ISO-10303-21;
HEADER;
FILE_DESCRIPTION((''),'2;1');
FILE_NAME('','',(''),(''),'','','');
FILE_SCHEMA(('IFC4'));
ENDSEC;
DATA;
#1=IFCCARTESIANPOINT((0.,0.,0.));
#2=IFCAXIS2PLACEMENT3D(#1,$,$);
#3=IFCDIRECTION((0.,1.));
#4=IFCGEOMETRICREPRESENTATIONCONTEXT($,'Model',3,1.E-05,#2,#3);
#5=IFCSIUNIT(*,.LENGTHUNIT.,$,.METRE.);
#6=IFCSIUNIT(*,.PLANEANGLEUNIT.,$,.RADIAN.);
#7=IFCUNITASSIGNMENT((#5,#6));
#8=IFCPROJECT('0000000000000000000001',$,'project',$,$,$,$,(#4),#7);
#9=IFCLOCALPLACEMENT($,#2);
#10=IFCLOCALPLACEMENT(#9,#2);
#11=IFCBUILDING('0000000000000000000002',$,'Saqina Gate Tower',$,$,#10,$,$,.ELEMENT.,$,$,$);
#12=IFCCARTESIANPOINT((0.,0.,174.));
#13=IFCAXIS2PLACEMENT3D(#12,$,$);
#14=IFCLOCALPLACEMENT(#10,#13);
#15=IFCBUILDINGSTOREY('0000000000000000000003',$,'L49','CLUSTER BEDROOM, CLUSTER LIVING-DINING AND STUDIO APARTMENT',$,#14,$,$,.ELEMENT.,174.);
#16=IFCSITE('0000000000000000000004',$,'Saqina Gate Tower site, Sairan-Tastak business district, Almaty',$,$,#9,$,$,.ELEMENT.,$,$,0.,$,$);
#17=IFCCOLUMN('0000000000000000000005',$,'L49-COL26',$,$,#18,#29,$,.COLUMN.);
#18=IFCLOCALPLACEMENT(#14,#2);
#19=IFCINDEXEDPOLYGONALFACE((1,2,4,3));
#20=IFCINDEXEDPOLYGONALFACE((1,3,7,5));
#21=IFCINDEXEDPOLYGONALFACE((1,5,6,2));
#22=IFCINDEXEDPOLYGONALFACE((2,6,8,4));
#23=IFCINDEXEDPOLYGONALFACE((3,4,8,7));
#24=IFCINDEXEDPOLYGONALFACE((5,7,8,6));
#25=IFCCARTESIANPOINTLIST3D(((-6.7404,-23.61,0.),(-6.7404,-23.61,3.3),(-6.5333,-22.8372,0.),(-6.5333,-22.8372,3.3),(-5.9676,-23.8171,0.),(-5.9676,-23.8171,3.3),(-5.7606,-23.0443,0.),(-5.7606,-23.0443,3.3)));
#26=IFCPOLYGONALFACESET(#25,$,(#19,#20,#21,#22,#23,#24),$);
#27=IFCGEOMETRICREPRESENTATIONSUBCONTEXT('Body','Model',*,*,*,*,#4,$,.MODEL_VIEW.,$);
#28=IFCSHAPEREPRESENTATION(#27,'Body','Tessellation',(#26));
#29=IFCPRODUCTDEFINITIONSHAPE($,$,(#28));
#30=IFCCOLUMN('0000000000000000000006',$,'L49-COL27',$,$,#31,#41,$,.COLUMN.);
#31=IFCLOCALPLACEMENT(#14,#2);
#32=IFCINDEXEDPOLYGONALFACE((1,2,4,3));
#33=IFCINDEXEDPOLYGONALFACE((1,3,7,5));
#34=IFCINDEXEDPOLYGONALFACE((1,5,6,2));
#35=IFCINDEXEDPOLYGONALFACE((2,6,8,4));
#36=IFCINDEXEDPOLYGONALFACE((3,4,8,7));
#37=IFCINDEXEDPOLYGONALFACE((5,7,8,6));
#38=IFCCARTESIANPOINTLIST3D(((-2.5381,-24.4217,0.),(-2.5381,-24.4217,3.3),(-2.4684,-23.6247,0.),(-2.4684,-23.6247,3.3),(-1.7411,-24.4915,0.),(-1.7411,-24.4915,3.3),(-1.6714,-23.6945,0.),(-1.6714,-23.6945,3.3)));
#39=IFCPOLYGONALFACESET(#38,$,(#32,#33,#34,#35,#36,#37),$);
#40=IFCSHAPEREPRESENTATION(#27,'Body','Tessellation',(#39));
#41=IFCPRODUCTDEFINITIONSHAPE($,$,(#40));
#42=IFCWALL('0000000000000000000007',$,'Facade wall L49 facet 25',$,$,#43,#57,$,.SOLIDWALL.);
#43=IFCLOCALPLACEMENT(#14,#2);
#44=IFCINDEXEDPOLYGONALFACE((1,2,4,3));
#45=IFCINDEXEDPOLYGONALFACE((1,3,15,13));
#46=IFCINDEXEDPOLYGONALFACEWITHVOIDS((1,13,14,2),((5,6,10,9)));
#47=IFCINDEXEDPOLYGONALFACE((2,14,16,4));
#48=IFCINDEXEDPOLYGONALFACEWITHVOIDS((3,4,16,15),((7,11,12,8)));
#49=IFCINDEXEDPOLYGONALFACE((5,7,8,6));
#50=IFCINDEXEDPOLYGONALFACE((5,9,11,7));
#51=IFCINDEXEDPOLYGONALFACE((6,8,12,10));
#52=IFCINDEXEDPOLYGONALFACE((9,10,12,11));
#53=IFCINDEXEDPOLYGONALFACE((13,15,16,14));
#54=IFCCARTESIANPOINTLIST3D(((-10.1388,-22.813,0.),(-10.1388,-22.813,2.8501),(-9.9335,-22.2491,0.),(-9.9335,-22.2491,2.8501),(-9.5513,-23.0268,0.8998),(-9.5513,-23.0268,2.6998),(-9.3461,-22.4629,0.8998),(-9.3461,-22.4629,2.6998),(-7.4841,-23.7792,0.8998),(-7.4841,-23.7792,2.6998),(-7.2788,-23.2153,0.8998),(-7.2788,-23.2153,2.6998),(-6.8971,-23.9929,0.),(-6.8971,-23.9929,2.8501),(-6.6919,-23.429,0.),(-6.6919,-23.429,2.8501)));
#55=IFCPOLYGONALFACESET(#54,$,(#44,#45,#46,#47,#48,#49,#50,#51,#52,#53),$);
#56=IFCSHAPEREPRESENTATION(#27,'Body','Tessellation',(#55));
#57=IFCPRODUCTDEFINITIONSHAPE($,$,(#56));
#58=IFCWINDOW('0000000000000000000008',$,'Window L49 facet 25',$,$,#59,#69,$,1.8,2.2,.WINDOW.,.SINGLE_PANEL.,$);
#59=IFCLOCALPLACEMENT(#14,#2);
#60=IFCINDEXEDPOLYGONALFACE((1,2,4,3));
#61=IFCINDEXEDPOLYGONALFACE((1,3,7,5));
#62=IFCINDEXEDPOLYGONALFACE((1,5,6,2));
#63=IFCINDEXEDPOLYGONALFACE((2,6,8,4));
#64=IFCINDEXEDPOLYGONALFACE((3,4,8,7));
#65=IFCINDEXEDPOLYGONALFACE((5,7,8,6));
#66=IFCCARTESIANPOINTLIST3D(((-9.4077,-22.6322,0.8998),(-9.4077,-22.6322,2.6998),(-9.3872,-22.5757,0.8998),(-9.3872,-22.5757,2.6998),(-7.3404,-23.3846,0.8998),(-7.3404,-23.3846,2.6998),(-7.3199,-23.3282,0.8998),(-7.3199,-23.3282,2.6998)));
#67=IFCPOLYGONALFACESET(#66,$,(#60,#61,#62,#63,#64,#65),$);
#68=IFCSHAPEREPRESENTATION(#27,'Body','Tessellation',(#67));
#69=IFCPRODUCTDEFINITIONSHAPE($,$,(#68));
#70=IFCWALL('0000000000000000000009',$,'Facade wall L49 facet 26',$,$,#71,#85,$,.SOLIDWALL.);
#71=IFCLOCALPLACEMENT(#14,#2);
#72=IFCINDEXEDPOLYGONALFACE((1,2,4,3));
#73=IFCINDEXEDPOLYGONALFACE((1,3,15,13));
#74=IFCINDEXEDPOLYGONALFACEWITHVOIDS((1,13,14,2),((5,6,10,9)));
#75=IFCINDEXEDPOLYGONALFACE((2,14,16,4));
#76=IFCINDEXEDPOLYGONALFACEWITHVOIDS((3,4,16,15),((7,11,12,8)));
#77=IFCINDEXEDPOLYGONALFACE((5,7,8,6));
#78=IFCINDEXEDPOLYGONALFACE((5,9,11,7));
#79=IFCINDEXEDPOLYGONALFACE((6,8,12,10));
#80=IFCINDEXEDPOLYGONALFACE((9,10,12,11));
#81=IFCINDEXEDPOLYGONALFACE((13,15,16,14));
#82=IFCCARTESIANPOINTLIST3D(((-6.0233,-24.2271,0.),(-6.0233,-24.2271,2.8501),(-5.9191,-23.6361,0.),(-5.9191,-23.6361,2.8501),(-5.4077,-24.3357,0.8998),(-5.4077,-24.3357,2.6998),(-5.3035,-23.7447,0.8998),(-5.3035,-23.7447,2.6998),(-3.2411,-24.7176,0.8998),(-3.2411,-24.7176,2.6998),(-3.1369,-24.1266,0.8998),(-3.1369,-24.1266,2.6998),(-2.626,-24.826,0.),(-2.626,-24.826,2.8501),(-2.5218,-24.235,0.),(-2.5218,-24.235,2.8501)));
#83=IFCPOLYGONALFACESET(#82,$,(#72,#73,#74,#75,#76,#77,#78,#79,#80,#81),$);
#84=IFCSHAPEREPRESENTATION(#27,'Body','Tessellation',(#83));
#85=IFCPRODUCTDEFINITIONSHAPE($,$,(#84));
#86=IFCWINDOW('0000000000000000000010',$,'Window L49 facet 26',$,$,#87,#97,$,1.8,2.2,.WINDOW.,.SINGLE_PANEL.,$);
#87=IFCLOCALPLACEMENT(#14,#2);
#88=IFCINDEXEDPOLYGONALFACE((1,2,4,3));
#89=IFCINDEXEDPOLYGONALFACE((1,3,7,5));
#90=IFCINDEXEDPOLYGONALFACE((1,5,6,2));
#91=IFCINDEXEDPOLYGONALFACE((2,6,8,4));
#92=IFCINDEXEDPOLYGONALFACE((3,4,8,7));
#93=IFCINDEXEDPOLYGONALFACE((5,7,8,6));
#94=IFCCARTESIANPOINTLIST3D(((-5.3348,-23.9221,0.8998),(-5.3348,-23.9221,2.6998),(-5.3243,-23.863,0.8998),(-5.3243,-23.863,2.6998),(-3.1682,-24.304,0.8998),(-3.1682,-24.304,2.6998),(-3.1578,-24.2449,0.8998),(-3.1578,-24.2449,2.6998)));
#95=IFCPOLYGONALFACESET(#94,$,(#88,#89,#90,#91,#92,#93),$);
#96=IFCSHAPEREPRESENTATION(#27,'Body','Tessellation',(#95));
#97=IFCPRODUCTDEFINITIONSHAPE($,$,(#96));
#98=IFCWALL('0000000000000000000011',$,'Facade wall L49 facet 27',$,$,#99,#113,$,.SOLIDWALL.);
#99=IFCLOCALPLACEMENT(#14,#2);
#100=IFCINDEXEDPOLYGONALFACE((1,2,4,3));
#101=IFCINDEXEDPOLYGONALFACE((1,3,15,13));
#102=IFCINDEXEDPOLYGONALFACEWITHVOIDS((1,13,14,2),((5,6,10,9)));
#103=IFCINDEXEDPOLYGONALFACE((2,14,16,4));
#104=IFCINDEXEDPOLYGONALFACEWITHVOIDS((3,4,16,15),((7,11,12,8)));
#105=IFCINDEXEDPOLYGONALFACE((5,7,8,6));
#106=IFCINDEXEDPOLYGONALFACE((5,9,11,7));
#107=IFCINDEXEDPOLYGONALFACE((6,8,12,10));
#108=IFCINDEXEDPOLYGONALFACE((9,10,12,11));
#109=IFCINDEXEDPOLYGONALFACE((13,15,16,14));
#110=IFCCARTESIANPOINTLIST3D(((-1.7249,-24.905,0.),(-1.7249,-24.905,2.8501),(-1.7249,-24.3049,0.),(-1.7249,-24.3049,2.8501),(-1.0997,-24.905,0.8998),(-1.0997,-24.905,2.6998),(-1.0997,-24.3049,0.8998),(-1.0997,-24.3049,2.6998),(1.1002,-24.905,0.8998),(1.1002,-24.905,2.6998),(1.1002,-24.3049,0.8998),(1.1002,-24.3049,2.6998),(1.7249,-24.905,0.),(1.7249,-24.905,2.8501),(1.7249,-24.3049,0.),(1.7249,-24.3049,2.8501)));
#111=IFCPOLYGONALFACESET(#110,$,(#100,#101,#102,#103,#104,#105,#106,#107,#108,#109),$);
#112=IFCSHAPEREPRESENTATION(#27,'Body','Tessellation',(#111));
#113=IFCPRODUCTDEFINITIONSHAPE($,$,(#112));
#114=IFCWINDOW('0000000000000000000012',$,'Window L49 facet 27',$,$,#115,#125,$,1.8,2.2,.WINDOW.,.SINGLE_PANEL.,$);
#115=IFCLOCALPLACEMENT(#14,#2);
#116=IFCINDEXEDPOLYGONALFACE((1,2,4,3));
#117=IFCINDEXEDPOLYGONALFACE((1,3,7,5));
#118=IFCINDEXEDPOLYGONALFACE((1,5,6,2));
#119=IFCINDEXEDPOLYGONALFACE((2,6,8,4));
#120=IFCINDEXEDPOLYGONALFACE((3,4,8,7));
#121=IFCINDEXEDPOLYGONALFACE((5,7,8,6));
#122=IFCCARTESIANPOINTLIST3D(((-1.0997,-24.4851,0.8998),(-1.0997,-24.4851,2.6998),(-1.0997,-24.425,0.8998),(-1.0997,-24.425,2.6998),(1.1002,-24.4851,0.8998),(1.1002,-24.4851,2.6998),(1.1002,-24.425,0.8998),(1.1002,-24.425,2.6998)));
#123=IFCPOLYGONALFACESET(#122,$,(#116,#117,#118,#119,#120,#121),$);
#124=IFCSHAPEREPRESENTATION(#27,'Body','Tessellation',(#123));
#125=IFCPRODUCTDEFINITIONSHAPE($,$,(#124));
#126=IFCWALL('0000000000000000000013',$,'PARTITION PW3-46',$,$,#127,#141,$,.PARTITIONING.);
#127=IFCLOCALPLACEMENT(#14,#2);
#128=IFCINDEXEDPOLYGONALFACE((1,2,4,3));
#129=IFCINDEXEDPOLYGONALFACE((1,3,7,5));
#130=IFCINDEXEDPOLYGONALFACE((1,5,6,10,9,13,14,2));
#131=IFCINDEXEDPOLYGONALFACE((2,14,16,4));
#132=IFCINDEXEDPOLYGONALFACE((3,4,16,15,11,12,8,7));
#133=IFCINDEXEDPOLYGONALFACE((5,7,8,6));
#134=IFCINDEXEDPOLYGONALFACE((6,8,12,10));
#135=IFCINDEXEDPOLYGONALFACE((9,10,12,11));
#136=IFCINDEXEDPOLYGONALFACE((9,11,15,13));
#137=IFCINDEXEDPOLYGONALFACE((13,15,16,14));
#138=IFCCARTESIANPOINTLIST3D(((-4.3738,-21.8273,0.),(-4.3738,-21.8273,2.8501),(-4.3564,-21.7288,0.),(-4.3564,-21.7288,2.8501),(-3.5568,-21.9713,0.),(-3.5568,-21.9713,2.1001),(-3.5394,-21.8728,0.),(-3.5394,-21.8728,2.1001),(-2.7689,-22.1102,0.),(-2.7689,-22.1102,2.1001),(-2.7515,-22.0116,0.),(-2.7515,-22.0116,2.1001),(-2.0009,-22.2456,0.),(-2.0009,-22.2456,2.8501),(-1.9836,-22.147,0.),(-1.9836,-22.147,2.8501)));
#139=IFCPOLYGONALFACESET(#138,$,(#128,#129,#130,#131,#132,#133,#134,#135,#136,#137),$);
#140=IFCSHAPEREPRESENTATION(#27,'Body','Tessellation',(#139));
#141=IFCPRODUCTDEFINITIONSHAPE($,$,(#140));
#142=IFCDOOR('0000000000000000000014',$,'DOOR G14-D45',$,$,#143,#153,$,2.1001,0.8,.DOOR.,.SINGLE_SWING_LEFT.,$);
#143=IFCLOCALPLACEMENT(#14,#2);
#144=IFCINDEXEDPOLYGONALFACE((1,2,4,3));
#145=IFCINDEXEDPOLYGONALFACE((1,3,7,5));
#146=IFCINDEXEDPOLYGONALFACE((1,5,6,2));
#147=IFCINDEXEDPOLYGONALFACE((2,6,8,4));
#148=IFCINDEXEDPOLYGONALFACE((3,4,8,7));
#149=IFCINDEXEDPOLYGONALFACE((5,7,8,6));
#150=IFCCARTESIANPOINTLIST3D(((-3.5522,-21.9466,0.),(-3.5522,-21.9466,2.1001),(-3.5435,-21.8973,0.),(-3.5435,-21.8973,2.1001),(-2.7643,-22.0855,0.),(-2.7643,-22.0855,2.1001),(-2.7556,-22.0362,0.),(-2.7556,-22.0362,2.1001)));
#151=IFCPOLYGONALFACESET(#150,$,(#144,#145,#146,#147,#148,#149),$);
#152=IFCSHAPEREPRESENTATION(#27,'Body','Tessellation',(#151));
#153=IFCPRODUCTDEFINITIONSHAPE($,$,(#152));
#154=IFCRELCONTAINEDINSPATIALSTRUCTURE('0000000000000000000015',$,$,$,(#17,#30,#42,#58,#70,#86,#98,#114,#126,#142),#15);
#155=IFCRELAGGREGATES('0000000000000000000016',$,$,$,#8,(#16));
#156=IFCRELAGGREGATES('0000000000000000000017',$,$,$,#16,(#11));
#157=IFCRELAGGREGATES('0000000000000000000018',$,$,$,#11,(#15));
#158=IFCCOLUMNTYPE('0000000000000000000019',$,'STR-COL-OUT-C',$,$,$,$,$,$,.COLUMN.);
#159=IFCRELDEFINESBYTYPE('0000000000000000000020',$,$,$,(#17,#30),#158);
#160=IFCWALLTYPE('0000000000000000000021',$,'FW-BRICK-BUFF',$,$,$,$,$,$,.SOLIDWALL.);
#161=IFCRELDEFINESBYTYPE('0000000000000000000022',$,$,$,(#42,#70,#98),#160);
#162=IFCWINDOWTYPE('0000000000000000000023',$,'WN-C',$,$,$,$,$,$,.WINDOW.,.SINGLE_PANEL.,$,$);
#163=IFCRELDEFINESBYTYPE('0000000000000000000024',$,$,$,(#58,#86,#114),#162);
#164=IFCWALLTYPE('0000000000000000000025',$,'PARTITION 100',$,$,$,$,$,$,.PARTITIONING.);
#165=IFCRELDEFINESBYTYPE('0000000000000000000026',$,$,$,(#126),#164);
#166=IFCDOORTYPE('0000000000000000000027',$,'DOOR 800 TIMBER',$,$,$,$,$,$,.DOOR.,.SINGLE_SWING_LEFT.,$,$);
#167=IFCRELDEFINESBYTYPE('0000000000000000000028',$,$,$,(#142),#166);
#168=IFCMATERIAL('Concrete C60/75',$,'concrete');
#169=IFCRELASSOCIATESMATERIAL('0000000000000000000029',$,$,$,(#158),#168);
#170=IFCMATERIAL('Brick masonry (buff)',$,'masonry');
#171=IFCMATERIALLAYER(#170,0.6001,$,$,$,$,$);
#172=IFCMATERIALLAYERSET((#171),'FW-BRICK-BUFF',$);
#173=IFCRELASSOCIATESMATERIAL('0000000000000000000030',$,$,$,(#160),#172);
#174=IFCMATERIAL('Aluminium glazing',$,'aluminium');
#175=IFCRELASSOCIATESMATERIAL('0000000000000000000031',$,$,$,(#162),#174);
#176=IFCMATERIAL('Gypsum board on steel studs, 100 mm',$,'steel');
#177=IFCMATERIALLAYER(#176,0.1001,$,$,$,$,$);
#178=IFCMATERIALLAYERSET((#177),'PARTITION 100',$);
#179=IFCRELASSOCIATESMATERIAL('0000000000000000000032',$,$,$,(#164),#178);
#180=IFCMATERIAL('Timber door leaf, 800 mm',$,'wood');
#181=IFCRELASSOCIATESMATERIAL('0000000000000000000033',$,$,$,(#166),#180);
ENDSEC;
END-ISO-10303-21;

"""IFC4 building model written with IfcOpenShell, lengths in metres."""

from ifc_helpers import new_model, si_unit, direction, frame, frame_2d, origin, origin_2d, place, context, subcontext, project, spatial, rectangle, extrude, material, layer, layer_set, material_profile, profile_set, type_object, element, fill, save


model = new_model("IFC4")

# Units and contexts
model_context = context("Model", 3, precision=1e-05, world=origin(), true_north=direction((0.0, 1.0)))
body_context = subcontext(model_context, "Body", "Model", "MODEL_VIEW")
ifc_project = project(units=[si_unit("LENGTHUNIT", "METRE"), si_unit("PLANEANGLEUNIT", "RADIAN")], contexts=[model_context])

# Site, building, storey
site_placement = place(None, origin())
site = spatial("IfcSite", under=ifc_project, at=site_placement, Name="Saqina Gate Tower site, Sairan-Tastak business district, Almaty", CompositionType="ELEMENT", RefElevation=0.0)
building_placement = place(site_placement, origin())
building = spatial("IfcBuilding", under=site, at=building_placement, Name="Saqina Gate Tower", CompositionType="ELEMENT")
storey_placement = place(building_placement, frame((0.0, 0.0, 174.0)))
storey = spatial("IfcBuildingStorey", under=building, at=storey_placement, Name="L49", Description="CLUSTER BEDROOM, CLUSTER LIVING-DINING AND STUDIO APARTMENT", CompositionType="ELEMENT", Elevation=174.0)

# Columns
ifc_material_1 = material(Name="Concrete C60/75", Category="concrete")
ifc_material_profile = material_profile(ifc_material_1, rectangle(XDim=0.8, YDim=0.8, at=origin_2d()), Name="RC 800x800")
ifc_profile_set = profile_set([ifc_material_profile], Name="Concrete C60/75")
column_type = type_object("IfcColumnType", Name="STR-COL-OUT-C", PredefinedType="COLUMN", material=ifc_profile_set)
for number, where, z_axis, x_axis, name in (
    (1, (-6.2505, -23.3271, 0.0), (0.0, 0.0, 1.0), (-0.258819, -0.965926, 0.0), "L49-COL26"),
    (2, (-2.1047, -24.0581, 0.0), (0.0, 0.0, 1.0), (-0.087156, -0.996195, 0.0), "L49-COL27"),
):
    element("IfcColumn", number, at=place(storey_placement, frame(where, z_axis=z_axis, x_axis=x_axis)), inside=storey, type_object=column_type, Name=name, PredefinedType="COLUMN", context=body_context, shape_type="SweptSolid", body=[
        extrude(rectangle(XDim=0.8, YDim=0.8, at=origin_2d()), origin(), (0.0, 0.0, 1.0), 3.3),
    ])

# Walls, openings, windows
ifc_material_2 = material(Name="Brick masonry (buff)", Category="masonry")
ifc_layer_1 = layer(ifc_material_2, 0.6001)
ifc_layer_set_1 = layer_set([ifc_layer_1], Name="FW-BRICK-BUFF")
wall_type_1 = type_object("IfcWallType", Name="FW-BRICK-BUFF", PredefinedType="SOLIDWALL", material=ifc_layer_set_1)
wall_1_placement = place(storey_placement, frame((-10.0361, -22.531, 0.0), z_axis=(0.0, 0.0, 1.0), x_axis=(0.939688, -0.342033, 0.0)))
wall_1 = element("IfcWall", 3, at=wall_1_placement, inside=storey, type_object=wall_type_1, Name="Facade wall L49 facet 25", PredefinedType="SOLIDWALL", context=body_context, shape_type="SweptSolid", body=[
    extrude(rectangle(XDim=3.4497, YDim=0.6001, at=frame_2d((1.7249, 0.0))), origin(), (0.0, 0.0, 1.0), 2.8501),
])
opening_1_placement = place(wall_1_placement, frame((0.625, 0.0, 0.8999)))
opening_1 = element("IfcOpeningElement", 4, at=opening_1_placement, cuts=wall_1, PredefinedType="OPENING", context=body_context, shape_type="SweptSolid", body=[
    extrude(rectangle(XDim=2.2, YDim=1.8, at=frame_2d((1.1001, 0.8999))), frame((0.0, 0.312, 0.0), z_axis=(0.0, -1.0, 0.0), x_axis=(1.0, 0.0, 0.0)), (0.0, 0.0, 1.0), 0.624),
])
ifc_material_3 = material(Name="Aluminium glazing", Category="aluminium")
window_type = type_object("IfcWindowType", Name="WN-C", PartitioningType="SINGLE_PANEL", PredefinedType="WINDOW", material=ifc_material_3)
window_1_placement = place(opening_1_placement, origin())
window_1 = element("IfcWindow", 5, at=window_1_placement, inside=storey, type_object=window_type, Name="Window L49 facet 25", OverallHeight=1.8, OverallWidth=2.2, PartitioningType="SINGLE_PANEL", PredefinedType="WINDOW", context=body_context, shape_type="SweptSolid", body=[
    extrude(rectangle(XDim=2.2, YDim=1.8, at=frame_2d((1.1001, 0.8999))), frame((0.0, 0.1799, 0.0), z_axis=(0.0, -1.0, 0.0), x_axis=(1.0, 0.0, 0.0)), (0.0, 0.0, 1.0), 0.0601),
])
fill(opening_1, window_1)
wall_2_placement = place(storey_placement, frame((-5.9712, -23.9316, 0.0), z_axis=(0.0, 0.0, 1.0), x_axis=(0.984815, -0.173608, 0.0)))
wall_2 = element("IfcWall", 6, at=wall_2_placement, inside=storey, type_object=wall_type_1, Name="Facade wall L49 facet 26", PredefinedType="SOLIDWALL", context=body_context, shape_type="SweptSolid", body=[
    extrude(rectangle(XDim=3.4497, YDim=0.6001, at=frame_2d((1.7249, 0.0))), origin(), (0.0, 0.0, 1.0), 2.8501),
])
opening_2_placement = place(wall_2_placement, frame((0.625, 0.0, 0.8999)))
opening_2 = element("IfcOpeningElement", 7, at=opening_2_placement, cuts=wall_2, PredefinedType="OPENING", context=body_context, shape_type="SweptSolid", body=[
    extrude(rectangle(XDim=2.2, YDim=1.8, at=frame_2d((1.1001, 0.8999))), frame((0.0, 0.312, 0.0), z_axis=(0.0, -1.0, 0.0), x_axis=(1.0, 0.0, 0.0)), (0.0, 0.0, 1.0), 0.624),
])
window_2_placement = place(opening_2_placement, origin())
window_2 = element("IfcWindow", 8, at=window_2_placement, inside=storey, type_object=window_type, Name="Window L49 facet 26", OverallHeight=1.8, OverallWidth=2.2, PartitioningType="SINGLE_PANEL", PredefinedType="WINDOW", context=body_context, shape_type="SweptSolid", body=[
    extrude(rectangle(XDim=2.2, YDim=1.8, at=frame_2d((1.1001, 0.8999))), frame((0.0, 0.1799, 0.0), z_axis=(0.0, -1.0, 0.0), x_axis=(1.0, 0.0, 0.0)), (0.0, 0.0, 1.0), 0.0601),
])
fill(opening_2, window_2)
wall_3_placement = place(storey_placement, frame((-1.7249, -24.605, 0.0), z_axis=(0.0, 0.0, 1.0), x_axis=(1.0, 0.0, 0.0)))
wall_3 = element("IfcWall", 9, at=wall_3_placement, inside=storey, type_object=wall_type_1, Name="Facade wall L49 facet 27", PredefinedType="SOLIDWALL", context=body_context, shape_type="SweptSolid", body=[
    extrude(rectangle(XDim=3.4497, YDim=0.6001, at=frame_2d((1.7249, 0.0))), origin(), (0.0, 0.0, 1.0), 2.8501),
])
opening_3_placement = place(wall_3_placement, frame((0.625, 0.0, 0.8999)))
opening_3 = element("IfcOpeningElement", 10, at=opening_3_placement, cuts=wall_3, PredefinedType="OPENING", context=body_context, shape_type="SweptSolid", body=[
    extrude(rectangle(XDim=2.2, YDim=1.8, at=frame_2d((1.1001, 0.8999))), frame((0.0, 0.312, 0.0), z_axis=(0.0, -1.0, 0.0), x_axis=(1.0, 0.0, 0.0)), (0.0, 0.0, 1.0), 0.624),
])
window_3_placement = place(opening_3_placement, origin())
window_3 = element("IfcWindow", 11, at=window_3_placement, inside=storey, type_object=window_type, Name="Window L49 facet 27", OverallHeight=1.8, OverallWidth=2.2, PartitioningType="SINGLE_PANEL", PredefinedType="WINDOW", context=body_context, shape_type="SweptSolid", body=[
    extrude(rectangle(XDim=2.2, YDim=1.8, at=frame_2d((1.1001, 0.8999))), frame((0.0, 0.1799, 0.0), z_axis=(0.0, -1.0, 0.0), x_axis=(1.0, 0.0, 0.0)), (0.0, 0.0, 1.0), 0.0601),
])
fill(opening_3, window_3)

# Wall, opening, door
ifc_material_4 = material(Name="Gypsum board on steel studs, 100 mm", Category="steel")
ifc_layer_2 = layer(ifc_material_4, 0.1001)
ifc_layer_set_2 = layer_set([ifc_layer_2], Name="PARTITION 100")
wall_type_2 = type_object("IfcWallType", Name="PARTITION 100", PredefinedType="PARTITIONING", material=ifc_layer_set_2)
wall_4_placement = place(storey_placement, frame((-4.365, -21.7781, 0.0), z_axis=(0.0, 0.0, 1.0), x_axis=(0.98482, -0.173577, 0.0)))
wall_4 = element("IfcWall", 12, at=wall_4_placement, inside=storey, type_object=wall_type_2, Name="PARTITION PW3-46", PredefinedType="PARTITIONING", context=body_context, shape_type="SweptSolid", body=[
    extrude(rectangle(XDim=2.4094, YDim=0.1001, at=frame_2d((1.2046, 0.0))), origin(), (0.0, 0.0, 1.0), 2.8501),
])
opening_4_placement = place(wall_4_placement, frame((0.8296, 0.0, 0.0)))
opening_4 = element("IfcOpeningElement", 13, at=opening_4_placement, cuts=wall_4, PredefinedType="OPENING", context=body_context, shape_type="SweptSolid", body=[
    extrude(rectangle(XDim=0.8, YDim=2.1001, at=frame_2d((0.3999, 1.05))), frame((0.0, 0.062, 0.0), z_axis=(0.0, -1.0, 0.0), x_axis=(1.0, 0.0, 0.0)), (0.0, 0.0, 1.0), 0.124),
])
ifc_material_5 = material(Name="Timber door leaf, 800 mm", Category="wood")
door_type = type_object("IfcDoorType", Name="DOOR 800 TIMBER", OperationType="SINGLE_SWING_LEFT", PredefinedType="DOOR", material=ifc_material_5)
door_1_placement = place(opening_4_placement, frame((0.8, 0.0, 0.0), z_axis=(0.0, 0.0, 1.0), x_axis=(-1.0, 0.0, 0.0)))
door_1 = element("IfcDoor", 14, at=door_1_placement, inside=storey, type_object=door_type, Name="DOOR G14-D45", OperationType="SINGLE_SWING_LEFT", OverallHeight=2.1001, OverallWidth=0.8, PredefinedType="DOOR", context=body_context, shape_type="SweptSolid", body=[
    extrude(rectangle(XDim=0.8, YDim=2.1001, at=frame_2d((0.3999, 1.05))), frame((0.0, 0.0249, 0.0), z_axis=(0.0, -1.0, 0.0), x_axis=(1.0, 0.0, 0.0)), (0.0, 0.0, 1.0), 0.05),
])
fill(opening_4, door_1)

save(model, "model.ifc")
